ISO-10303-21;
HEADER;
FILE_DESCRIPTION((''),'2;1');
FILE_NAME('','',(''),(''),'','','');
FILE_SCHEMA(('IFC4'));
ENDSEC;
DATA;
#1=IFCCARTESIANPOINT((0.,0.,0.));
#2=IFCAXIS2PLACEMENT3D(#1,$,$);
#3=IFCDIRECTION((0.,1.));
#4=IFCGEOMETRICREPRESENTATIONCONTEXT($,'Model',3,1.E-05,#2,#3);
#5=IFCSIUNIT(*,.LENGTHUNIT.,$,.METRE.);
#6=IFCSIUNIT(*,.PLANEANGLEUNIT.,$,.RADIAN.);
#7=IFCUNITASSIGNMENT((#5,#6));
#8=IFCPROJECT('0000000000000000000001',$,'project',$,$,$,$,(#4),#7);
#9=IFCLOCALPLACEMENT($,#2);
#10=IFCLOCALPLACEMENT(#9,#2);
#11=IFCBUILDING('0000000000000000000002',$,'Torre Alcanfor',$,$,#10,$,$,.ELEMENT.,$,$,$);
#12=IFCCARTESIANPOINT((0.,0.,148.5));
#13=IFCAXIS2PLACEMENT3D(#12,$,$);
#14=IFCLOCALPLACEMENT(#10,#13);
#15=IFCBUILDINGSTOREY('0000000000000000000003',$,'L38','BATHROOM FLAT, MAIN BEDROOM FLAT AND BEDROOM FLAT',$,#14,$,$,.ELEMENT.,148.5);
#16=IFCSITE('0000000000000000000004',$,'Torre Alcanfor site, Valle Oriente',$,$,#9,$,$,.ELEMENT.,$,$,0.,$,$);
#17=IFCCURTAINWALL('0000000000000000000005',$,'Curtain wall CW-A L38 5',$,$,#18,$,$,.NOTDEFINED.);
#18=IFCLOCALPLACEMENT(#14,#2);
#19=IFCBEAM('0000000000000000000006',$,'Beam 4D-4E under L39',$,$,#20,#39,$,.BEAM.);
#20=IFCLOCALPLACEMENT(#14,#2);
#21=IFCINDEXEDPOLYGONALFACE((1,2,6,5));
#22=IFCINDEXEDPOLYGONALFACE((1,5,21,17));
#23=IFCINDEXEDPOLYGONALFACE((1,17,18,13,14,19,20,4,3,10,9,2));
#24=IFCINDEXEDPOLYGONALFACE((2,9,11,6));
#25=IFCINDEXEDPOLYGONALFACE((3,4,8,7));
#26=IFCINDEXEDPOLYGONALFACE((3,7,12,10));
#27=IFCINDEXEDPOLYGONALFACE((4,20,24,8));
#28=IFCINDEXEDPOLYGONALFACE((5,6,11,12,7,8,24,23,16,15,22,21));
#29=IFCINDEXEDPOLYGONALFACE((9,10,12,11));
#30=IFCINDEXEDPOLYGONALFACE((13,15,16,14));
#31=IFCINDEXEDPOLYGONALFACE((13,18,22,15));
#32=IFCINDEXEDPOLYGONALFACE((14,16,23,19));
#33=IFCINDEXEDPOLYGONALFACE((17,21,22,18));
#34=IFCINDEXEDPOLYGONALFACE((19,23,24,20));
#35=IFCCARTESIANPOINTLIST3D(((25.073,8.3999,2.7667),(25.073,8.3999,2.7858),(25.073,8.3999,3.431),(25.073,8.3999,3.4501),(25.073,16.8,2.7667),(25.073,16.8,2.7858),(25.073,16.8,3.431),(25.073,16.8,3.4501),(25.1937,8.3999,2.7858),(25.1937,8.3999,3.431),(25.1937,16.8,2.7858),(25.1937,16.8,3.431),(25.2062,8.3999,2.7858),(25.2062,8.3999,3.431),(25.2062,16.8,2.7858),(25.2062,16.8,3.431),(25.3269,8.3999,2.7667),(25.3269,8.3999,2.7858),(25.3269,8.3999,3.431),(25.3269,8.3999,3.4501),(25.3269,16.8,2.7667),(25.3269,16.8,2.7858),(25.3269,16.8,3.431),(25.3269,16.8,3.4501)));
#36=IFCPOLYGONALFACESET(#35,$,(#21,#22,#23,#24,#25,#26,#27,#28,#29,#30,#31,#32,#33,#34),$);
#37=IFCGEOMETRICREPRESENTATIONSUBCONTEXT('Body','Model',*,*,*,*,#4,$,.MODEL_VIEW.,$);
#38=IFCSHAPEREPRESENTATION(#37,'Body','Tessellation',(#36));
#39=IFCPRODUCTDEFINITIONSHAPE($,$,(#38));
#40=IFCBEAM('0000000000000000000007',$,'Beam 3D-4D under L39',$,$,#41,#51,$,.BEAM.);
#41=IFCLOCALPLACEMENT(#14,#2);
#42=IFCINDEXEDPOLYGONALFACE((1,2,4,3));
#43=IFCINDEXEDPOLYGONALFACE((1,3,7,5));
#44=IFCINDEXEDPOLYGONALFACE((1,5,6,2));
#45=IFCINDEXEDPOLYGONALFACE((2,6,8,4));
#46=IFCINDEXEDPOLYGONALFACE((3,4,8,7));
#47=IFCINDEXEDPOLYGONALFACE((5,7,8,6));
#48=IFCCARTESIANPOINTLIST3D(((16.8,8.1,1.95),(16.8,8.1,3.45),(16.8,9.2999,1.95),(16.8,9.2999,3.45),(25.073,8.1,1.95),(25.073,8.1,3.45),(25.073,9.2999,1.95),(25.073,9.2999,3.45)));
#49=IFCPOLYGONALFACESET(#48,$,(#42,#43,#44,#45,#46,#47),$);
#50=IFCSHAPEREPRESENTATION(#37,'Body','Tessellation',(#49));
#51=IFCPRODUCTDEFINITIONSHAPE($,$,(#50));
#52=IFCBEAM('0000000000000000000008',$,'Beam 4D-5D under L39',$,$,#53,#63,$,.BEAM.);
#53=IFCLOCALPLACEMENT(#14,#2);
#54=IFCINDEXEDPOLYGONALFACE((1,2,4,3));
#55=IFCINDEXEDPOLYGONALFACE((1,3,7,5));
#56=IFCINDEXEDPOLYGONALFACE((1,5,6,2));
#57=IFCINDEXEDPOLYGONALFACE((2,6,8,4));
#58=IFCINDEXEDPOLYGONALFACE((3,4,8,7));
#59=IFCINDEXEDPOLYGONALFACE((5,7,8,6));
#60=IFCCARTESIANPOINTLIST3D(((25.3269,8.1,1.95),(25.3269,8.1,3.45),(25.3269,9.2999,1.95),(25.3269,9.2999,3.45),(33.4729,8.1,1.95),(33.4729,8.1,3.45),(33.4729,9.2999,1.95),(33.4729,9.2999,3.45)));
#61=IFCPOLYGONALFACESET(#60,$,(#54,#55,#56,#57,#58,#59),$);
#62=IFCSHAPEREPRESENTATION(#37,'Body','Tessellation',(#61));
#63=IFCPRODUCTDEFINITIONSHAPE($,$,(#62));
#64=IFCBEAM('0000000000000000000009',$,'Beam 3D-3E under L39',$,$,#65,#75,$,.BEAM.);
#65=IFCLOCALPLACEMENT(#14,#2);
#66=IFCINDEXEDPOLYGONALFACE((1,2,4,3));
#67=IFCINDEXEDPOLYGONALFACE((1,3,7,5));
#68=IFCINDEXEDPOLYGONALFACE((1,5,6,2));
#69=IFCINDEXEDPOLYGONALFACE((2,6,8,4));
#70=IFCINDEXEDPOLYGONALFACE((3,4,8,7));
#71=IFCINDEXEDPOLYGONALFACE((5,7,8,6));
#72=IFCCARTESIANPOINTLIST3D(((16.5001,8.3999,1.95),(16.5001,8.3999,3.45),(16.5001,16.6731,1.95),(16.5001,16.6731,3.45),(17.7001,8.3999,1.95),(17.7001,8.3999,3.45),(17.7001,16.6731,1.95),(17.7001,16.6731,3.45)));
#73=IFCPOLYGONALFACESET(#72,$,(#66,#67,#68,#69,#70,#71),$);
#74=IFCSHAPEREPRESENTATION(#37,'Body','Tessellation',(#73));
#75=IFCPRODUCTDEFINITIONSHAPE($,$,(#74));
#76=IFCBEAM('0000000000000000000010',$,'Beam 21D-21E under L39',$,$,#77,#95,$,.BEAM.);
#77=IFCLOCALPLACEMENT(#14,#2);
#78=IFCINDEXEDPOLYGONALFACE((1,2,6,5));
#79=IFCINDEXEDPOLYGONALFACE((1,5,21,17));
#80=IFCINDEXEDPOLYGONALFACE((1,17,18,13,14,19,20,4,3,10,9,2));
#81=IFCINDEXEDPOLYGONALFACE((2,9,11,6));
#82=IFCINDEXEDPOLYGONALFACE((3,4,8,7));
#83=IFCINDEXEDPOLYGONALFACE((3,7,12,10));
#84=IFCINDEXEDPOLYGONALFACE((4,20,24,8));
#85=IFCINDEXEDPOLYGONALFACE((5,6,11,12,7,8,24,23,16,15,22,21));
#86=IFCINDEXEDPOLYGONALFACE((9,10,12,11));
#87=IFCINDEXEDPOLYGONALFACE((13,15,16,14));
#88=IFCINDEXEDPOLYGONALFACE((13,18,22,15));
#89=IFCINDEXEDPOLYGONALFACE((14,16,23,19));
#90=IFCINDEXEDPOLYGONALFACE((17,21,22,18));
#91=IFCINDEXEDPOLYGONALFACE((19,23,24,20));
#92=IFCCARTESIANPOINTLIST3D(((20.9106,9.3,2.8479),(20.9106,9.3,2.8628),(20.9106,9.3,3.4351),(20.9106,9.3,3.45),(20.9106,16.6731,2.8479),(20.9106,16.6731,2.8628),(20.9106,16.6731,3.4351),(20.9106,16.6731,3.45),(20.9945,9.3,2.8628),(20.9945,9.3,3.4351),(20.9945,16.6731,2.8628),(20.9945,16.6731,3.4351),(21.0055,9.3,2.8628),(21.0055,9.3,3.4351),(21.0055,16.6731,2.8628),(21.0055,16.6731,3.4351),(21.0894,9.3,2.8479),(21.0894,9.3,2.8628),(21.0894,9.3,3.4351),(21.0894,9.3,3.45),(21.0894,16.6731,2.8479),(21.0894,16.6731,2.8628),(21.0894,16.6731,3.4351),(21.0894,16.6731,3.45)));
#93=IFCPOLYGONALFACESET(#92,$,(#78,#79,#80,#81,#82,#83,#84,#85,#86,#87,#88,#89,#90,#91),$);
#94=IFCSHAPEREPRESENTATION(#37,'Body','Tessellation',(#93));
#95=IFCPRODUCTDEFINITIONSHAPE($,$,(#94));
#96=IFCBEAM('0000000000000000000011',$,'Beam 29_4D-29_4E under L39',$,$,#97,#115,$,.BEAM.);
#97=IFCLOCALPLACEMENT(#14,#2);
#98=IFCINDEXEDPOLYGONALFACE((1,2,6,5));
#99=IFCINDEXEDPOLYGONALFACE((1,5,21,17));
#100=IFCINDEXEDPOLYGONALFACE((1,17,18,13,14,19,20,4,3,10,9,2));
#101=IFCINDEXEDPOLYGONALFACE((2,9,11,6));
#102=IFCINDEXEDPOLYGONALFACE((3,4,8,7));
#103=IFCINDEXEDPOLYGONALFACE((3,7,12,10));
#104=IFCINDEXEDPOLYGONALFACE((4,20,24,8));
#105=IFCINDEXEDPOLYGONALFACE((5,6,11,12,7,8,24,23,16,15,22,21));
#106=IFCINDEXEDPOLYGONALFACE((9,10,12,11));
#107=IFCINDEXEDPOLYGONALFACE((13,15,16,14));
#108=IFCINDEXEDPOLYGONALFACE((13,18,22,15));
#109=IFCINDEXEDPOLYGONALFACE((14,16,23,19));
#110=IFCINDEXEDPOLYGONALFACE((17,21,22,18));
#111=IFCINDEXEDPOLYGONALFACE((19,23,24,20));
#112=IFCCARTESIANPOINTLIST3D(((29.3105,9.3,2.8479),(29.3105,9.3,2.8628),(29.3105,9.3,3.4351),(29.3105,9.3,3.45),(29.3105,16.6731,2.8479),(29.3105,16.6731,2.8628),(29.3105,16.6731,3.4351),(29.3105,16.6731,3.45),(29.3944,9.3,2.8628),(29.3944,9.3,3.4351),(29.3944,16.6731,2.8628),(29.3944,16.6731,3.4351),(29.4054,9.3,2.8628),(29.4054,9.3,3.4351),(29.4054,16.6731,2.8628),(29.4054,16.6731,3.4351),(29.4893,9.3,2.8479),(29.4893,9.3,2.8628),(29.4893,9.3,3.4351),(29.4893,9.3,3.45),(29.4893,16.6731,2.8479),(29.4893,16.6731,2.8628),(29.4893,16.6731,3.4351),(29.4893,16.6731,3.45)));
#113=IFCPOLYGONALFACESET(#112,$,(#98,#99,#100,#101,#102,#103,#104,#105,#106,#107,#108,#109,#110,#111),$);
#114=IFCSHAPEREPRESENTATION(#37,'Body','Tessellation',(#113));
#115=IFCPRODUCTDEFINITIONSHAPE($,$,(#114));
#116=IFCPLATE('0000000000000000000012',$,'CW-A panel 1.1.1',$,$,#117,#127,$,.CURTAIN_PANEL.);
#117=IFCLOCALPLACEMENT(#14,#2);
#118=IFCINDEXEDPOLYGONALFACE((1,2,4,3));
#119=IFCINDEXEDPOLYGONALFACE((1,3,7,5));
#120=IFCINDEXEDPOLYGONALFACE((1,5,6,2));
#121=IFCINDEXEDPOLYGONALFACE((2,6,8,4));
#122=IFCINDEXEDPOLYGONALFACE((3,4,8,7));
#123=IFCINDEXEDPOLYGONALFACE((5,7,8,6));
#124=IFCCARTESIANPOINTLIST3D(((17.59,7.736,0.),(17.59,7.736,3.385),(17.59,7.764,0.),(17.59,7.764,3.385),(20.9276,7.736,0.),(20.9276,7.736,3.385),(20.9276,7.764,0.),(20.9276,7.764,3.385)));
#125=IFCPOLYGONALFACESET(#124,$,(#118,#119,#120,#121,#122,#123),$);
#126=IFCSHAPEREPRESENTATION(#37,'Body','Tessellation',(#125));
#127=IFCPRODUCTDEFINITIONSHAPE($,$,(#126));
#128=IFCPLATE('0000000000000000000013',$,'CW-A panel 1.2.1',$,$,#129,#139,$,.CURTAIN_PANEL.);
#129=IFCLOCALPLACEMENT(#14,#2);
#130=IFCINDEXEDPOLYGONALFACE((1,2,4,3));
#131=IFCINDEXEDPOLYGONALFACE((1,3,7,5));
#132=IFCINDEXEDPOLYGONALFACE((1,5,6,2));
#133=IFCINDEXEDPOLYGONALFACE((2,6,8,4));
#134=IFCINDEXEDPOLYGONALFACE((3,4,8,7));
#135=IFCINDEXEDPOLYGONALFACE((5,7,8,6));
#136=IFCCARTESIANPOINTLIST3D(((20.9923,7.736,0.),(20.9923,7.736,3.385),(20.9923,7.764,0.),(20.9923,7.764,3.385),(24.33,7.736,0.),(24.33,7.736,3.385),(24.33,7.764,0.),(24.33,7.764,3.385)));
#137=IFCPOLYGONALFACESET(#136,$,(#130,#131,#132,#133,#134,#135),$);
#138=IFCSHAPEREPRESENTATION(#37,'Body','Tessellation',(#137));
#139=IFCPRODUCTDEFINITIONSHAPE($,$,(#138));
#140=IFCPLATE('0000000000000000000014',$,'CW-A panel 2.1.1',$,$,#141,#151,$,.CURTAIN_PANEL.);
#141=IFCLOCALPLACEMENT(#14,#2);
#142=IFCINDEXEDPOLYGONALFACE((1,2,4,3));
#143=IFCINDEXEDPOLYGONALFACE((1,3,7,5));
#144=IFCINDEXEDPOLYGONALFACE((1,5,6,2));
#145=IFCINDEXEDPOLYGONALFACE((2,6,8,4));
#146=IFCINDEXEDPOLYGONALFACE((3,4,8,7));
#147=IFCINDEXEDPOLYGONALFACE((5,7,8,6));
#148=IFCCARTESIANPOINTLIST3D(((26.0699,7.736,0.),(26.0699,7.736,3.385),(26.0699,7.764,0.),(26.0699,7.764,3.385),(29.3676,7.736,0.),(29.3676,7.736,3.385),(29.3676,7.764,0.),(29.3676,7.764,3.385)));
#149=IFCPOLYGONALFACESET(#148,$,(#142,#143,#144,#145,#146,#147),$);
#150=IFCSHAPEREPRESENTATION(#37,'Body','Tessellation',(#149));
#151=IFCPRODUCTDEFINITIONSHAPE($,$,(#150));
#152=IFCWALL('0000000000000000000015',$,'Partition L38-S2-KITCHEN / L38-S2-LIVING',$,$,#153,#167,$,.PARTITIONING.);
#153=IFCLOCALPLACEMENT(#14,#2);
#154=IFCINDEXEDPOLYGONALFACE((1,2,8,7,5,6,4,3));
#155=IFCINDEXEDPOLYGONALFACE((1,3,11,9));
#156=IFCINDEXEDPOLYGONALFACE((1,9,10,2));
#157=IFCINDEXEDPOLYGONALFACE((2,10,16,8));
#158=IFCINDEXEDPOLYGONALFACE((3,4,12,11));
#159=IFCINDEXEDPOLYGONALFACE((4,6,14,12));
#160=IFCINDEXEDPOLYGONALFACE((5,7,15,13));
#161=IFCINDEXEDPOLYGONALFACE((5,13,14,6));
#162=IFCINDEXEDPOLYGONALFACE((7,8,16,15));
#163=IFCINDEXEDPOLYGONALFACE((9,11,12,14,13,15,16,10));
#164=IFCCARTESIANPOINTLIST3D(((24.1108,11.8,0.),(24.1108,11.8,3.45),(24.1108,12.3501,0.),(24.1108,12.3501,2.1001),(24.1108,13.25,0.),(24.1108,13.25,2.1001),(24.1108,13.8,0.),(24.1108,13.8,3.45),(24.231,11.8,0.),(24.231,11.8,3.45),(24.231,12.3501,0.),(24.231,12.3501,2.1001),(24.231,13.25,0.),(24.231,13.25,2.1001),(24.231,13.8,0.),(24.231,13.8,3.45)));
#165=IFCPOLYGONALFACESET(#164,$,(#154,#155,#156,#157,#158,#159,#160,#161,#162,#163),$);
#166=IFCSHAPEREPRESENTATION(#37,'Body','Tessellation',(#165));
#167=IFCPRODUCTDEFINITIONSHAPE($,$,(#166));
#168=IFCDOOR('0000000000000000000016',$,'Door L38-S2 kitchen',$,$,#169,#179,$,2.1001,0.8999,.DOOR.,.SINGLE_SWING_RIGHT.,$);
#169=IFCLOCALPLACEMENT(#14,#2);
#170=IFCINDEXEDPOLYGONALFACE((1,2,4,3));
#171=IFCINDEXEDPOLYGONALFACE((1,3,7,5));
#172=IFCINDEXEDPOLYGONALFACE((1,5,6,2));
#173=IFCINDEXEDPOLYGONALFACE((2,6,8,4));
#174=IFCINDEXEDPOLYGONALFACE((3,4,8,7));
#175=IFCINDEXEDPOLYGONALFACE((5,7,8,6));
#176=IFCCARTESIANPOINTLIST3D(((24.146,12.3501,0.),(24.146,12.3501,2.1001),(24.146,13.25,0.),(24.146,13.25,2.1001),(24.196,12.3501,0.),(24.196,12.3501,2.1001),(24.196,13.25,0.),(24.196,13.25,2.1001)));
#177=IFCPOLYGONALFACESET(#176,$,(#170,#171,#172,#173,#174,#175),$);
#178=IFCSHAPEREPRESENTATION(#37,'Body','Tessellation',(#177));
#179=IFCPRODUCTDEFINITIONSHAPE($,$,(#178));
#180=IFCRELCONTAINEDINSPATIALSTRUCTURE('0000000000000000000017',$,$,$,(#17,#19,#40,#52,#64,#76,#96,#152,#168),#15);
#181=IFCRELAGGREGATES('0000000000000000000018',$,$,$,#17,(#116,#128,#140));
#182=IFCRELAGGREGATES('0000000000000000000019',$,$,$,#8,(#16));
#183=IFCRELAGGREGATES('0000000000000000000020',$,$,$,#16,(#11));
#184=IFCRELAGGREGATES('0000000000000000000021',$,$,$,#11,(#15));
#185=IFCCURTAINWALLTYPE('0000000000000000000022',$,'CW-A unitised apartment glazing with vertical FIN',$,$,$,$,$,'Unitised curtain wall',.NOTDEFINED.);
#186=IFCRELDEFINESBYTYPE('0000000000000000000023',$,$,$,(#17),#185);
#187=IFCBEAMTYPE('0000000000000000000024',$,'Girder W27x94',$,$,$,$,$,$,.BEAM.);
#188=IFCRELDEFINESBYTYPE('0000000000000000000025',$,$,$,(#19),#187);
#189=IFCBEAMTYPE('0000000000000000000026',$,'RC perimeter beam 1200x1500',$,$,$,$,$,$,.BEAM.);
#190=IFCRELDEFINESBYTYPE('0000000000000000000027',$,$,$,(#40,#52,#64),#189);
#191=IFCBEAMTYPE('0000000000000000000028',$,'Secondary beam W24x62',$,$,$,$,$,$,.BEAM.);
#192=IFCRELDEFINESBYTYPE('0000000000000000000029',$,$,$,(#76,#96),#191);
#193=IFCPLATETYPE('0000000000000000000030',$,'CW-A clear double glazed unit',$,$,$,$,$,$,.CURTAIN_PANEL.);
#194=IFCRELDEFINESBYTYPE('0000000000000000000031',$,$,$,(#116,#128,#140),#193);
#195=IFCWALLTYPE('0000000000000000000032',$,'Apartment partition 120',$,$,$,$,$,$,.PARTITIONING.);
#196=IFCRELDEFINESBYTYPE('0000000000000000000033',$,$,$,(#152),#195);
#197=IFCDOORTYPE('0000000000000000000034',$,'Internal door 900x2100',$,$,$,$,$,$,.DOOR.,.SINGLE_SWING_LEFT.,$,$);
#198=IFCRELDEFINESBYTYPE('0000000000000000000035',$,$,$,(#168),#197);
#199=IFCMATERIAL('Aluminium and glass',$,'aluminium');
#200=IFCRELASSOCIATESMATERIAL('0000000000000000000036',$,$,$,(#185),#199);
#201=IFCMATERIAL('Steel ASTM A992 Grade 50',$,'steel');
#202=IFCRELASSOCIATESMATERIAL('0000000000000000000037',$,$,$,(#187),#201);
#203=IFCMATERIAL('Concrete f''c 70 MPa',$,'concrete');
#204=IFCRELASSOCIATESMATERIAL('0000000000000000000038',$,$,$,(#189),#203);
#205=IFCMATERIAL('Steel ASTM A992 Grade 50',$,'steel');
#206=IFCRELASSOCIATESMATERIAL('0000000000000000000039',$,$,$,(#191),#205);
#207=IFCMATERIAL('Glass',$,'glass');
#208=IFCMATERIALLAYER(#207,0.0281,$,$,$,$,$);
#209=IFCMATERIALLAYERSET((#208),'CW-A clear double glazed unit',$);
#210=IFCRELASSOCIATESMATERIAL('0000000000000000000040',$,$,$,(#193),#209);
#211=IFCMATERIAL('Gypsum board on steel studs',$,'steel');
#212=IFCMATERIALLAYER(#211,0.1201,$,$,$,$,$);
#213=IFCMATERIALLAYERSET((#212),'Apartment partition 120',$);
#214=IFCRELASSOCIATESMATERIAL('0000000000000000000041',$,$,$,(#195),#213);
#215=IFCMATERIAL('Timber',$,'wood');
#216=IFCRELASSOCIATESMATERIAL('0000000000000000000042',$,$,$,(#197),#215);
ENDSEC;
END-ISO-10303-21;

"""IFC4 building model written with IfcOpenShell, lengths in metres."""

from ifc_helpers import new_model, si_unit, direction, frame, frame_2d, origin, origin_2d, place, context, subcontext, project, spatial, rectangle, i_section, extrude, material, layer, layer_set, material_profile, profile_set, type_object, element, fill, aggregate, save


model = new_model("IFC4")

# Units and contexts
model_context = context("Model", 3, precision=1e-05, world=origin(), true_north=direction((0.0, 1.0)))
body_context = subcontext(model_context, "Body", "Model", "MODEL_VIEW")
ifc_project = project(units=[si_unit("LENGTHUNIT", "METRE"), si_unit("PLANEANGLEUNIT", "RADIAN")], contexts=[model_context])

# Site, building, storey
site_placement = place(None, origin())
site = spatial("IfcSite", under=ifc_project, at=site_placement, Name="Torre Alcanfor site, Valle Oriente", CompositionType="ELEMENT", RefElevation=0.0)
building_placement = place(site_placement, origin())
building = spatial("IfcBuilding", under=site, at=building_placement, Name="Torre Alcanfor", CompositionType="ELEMENT")
storey_placement = place(building_placement, frame((0.0, 0.0, 148.5)))
storey = spatial("IfcBuildingStorey", under=building, at=storey_placement, Name="L38", Description="BATHROOM FLAT, MAIN BEDROOM FLAT AND BEDROOM FLAT", CompositionType="ELEMENT", Elevation=148.5)

# Curtain wall
ifc_material_1 = material(Name="Aluminium and glass", Category="aluminium")
curtain_wall_type = type_object("IfcCurtainWallType", Name="CW-A unitised apartment glazing with vertical FIN", ElementType="Unitised curtain wall", PredefinedType="NOTDEFINED", material=ifc_material_1)
curtain_wall_placement = place(storey_placement, origin())
curtain_wall = element("IfcCurtainWall", 1, at=curtain_wall_placement, inside=storey, type_object=curtain_wall_type, Name="Curtain wall CW-A L38 5", PredefinedType="NOTDEFINED")

# Beams
ifc_material_2 = material(Name="Steel ASTM A992 Grade 50", Category="steel")
ifc_material_profile_1 = material_profile(ifc_material_2, i_section(OverallWidth=0.2539, OverallDepth=0.6833, WebThickness=0.0125, FlangeThickness=0.019, at=origin_2d()), Name="W27x94")
ifc_profile_set_1 = profile_set([ifc_material_profile_1], Name="Steel ASTM A992 Grade 50")
beam_type_1 = type_object("IfcBeamType", Name="Girder W27x94", PredefinedType="BEAM", material=ifc_profile_set_1)
beam_1_placement = place(storey_placement, frame((25.2, 8.3999, 3.1084), z_axis=(0.0, 1.0, 0.0), x_axis=(-1.0, 0.0, 0.0)))
element("IfcBeam", 2, at=beam_1_placement, inside=storey, type_object=beam_type_1, Name="Beam 4D-4E under L39", PredefinedType="BEAM", context=body_context, shape_type="SweptSolid", body=[
    extrude(i_section(OverallWidth=0.2539, OverallDepth=0.6833, WebThickness=0.0125, FlangeThickness=0.019, at=origin_2d()), origin(), (0.0, 0.0, 1.0), 8.4001),
])
ifc_material_3 = material(Name="Concrete f'c 70 MPa", Category="concrete")
ifc_material_profile_2 = material_profile(ifc_material_3, rectangle(XDim=1.2, YDim=1.5, at=origin_2d()), Name="1200x1500")
ifc_profile_set_2 = profile_set([ifc_material_profile_2], Name="Concrete f'c 70 MPa")
beam_type_2 = type_object("IfcBeamType", Name="RC perimeter beam 1200x1500", PredefinedType="BEAM", material=ifc_profile_set_2)
beam_2_placement = place(storey_placement, frame((16.8, 8.7, 2.7), z_axis=(1.0, 0.0, 0.0), x_axis=(0.0, 1.0, 0.0)))
element("IfcBeam", 3, at=beam_2_placement, inside=storey, type_object=beam_type_2, Name="Beam 3D-4D under L39", PredefinedType="BEAM", context=body_context, shape_type="SweptSolid", body=[
    extrude(rectangle(XDim=1.2, YDim=1.5, at=origin_2d()), origin(), (0.0, 0.0, 1.0), 8.2729),
])
beam_3_placement = place(storey_placement, frame((25.3269, 8.7, 2.7), z_axis=(1.0, 0.0, 0.0), x_axis=(0.0, 1.0, 0.0)))
element("IfcBeam", 4, at=beam_3_placement, inside=storey, type_object=beam_type_2, Name="Beam 4D-5D under L39", PredefinedType="BEAM", context=body_context, shape_type="SweptSolid", body=[
    extrude(rectangle(XDim=1.2, YDim=1.5, at=origin_2d()), origin(), (0.0, 0.0, 1.0), 8.146),
])
beam_4_placement = place(storey_placement, frame((17.1001, 8.3999, 2.7), z_axis=(0.0, 1.0, 0.0), x_axis=(-1.0, 0.0, 0.0)))
element("IfcBeam", 5, at=beam_4_placement, inside=storey, type_object=beam_type_2, Name="Beam 3D-3E under L39", PredefinedType="BEAM", context=body_context, shape_type="SweptSolid", body=[
    extrude(rectangle(XDim=1.2, YDim=1.5, at=origin_2d()), origin(), (0.0, 0.0, 1.0), 8.2732),
])
ifc_material_4 = material(Name="Steel ASTM A992 Grade 50", Category="steel")
ifc_material_profile_3 = material_profile(ifc_material_4, i_section(OverallWidth=0.1787, OverallDepth=0.6021, WebThickness=0.011, FlangeThickness=0.0149, at=origin_2d()), Name="W24x62")
ifc_profile_set_3 = profile_set([ifc_material_profile_3], Name="Steel ASTM A992 Grade 50")
beam_type_3 = type_object("IfcBeamType", Name="Secondary beam W24x62", PredefinedType="BEAM", material=ifc_profile_set_3)
for number, where, z_axis, x_axis, name in (
    (6, (21.0, 9.3, 3.1489), (0.0, 1.0, 0.0), (-1.0, 0.0, 0.0), "Beam 21D-21E under L39"),
    (7, (29.3999, 9.3, 3.1489), (0.0, 1.0, 0.0), (-1.0, 0.0, 0.0), "Beam 29_4D-29_4E under L39"),
):
    element("IfcBeam", number, at=place(storey_placement, frame(where, z_axis=z_axis, x_axis=x_axis)), inside=storey, type_object=beam_type_3, Name=name, PredefinedType="BEAM", context=body_context, shape_type="SweptSolid", body=[
        extrude(i_section(OverallWidth=0.1787, OverallDepth=0.6021, WebThickness=0.011, FlangeThickness=0.0149, at=origin_2d()), origin(), (0.0, 0.0, 1.0), 7.373),
    ])

# Plates
ifc_material_5 = material(Name="Glass", Category="glass")
ifc_layer_1 = layer(ifc_material_5, 0.0281)
ifc_layer_set_1 = layer_set([ifc_layer_1], Name="CW-A clear double glazed unit")
plate_type = type_object("IfcPlateType", Name="CW-A clear double glazed unit", PredefinedType="CURTAIN_PANEL", material=ifc_layer_set_1)
plate_1_placement = place(storey_placement, frame((19.2588, 7.75, 0.0), z_axis=(0.0, 0.0, 1.0), x_axis=(1.0, 0.0, 0.0)))
plate_1 = element("IfcPlate", 8, at=plate_1_placement, type_object=plate_type, Name="CW-A panel 1.1.1", PredefinedType="CURTAIN_PANEL", context=body_context, shape_type="SweptSolid", body=[
    extrude(rectangle(XDim=3.3376, YDim=0.0281, at=origin_2d()), origin(), (0.0, 0.0, 1.0), 3.385),
])
plate_2_placement = place(storey_placement, frame((22.6611, 7.75, 0.0), z_axis=(0.0, 0.0, 1.0), x_axis=(1.0, 0.0, 0.0)))
plate_2 = element("IfcPlate", 9, at=plate_2_placement, type_object=plate_type, Name="CW-A panel 1.2.1", PredefinedType="CURTAIN_PANEL", context=body_context, shape_type="SweptSolid", body=[
    extrude(rectangle(XDim=3.3376, YDim=0.0281, at=origin_2d()), origin(), (0.0, 0.0, 1.0), 3.385),
])
plate_3_placement = place(storey_placement, frame((27.7188, 7.75, 0.0), z_axis=(0.0, 0.0, 1.0), x_axis=(1.0, 0.0, 0.0)))
plate_3 = element("IfcPlate", 10, at=plate_3_placement, type_object=plate_type, Name="CW-A panel 2.1.1", PredefinedType="CURTAIN_PANEL", context=body_context, shape_type="SweptSolid", body=[
    extrude(rectangle(XDim=3.2976, YDim=0.0281, at=origin_2d()), origin(), (0.0, 0.0, 1.0), 3.385),
])
aggregate(curtain_wall, [plate_1, plate_2, plate_3])

# Wall, opening, door
ifc_material_6 = material(Name="Gypsum board on steel studs", Category="steel")
ifc_layer_2 = layer(ifc_material_6, 0.1201)
ifc_layer_set_2 = layer_set([ifc_layer_2], Name="Apartment partition 120")
wall_type_1 = type_object("IfcWallType", Name="Apartment partition 120", PredefinedType="PARTITIONING", material=ifc_layer_set_2)
wall_1_placement = place(storey_placement, frame((24.1709, 11.8, 0.0), z_axis=(0.0, 0.0, 1.0), x_axis=(0.0, 1.0, 0.0)))
wall_1 = element("IfcWall", 11, at=wall_1_placement, inside=storey, type_object=wall_type_1, Name="Partition L38-S2-KITCHEN / L38-S2-LIVING", PredefinedType="PARTITIONING", context=body_context, shape_type="SweptSolid", body=[
    extrude(rectangle(XDim=2.0, YDim=0.1201, at=frame_2d((1.0, 0.0))), origin(), (0.0, 0.0, 1.0), 3.45),
])
opening_1_placement = place(wall_1_placement, frame((0.55, 0.0, 0.0)))
opening_1 = element("IfcOpeningElement", 12, at=opening_1_placement, cuts=wall_1, PredefinedType="OPENING", context=body_context, shape_type="SweptSolid", body=[
    extrude(rectangle(XDim=0.8999, YDim=2.1001, at=frame_2d((0.45, 1.05))), frame((0.0, 0.0701, 0.0), z_axis=(0.0, -1.0, 0.0), x_axis=(1.0, 0.0, 0.0)), (0.0, 0.0, 1.0), 0.1401),
])
ifc_material_7 = material(Name="Timber", Category="wood")
door_type_1 = type_object("IfcDoorType", Name="Internal door 900x2100", OperationType="SINGLE_SWING_LEFT", PredefinedType="DOOR", material=ifc_material_7)
door_1_placement = place(opening_1_placement, frame((0.8999, 0.0, 0.0), z_axis=(0.0, 0.0, 1.0), x_axis=(-1.0, 0.0, 0.0)))
door_1 = element("IfcDoor", 13, at=door_1_placement, inside=storey, type_object=door_type_1, Name="Door L38-S2 kitchen", OperationType="SINGLE_SWING_RIGHT", OverallHeight=2.1001, OverallWidth=0.8999, PredefinedType="DOOR", context=body_context, shape_type="SweptSolid", body=[
    extrude(rectangle(XDim=0.8999, YDim=2.1001, at=frame_2d((0.45, 1.05))), frame((0.0, 0.0251, 0.0), z_axis=(0.0, -1.0, 0.0), x_axis=(1.0, 0.0, 0.0)), (0.0, 0.0, 1.0), 0.05),
])
fill(opening_1, door_1)

save(model, "model.ifc")
